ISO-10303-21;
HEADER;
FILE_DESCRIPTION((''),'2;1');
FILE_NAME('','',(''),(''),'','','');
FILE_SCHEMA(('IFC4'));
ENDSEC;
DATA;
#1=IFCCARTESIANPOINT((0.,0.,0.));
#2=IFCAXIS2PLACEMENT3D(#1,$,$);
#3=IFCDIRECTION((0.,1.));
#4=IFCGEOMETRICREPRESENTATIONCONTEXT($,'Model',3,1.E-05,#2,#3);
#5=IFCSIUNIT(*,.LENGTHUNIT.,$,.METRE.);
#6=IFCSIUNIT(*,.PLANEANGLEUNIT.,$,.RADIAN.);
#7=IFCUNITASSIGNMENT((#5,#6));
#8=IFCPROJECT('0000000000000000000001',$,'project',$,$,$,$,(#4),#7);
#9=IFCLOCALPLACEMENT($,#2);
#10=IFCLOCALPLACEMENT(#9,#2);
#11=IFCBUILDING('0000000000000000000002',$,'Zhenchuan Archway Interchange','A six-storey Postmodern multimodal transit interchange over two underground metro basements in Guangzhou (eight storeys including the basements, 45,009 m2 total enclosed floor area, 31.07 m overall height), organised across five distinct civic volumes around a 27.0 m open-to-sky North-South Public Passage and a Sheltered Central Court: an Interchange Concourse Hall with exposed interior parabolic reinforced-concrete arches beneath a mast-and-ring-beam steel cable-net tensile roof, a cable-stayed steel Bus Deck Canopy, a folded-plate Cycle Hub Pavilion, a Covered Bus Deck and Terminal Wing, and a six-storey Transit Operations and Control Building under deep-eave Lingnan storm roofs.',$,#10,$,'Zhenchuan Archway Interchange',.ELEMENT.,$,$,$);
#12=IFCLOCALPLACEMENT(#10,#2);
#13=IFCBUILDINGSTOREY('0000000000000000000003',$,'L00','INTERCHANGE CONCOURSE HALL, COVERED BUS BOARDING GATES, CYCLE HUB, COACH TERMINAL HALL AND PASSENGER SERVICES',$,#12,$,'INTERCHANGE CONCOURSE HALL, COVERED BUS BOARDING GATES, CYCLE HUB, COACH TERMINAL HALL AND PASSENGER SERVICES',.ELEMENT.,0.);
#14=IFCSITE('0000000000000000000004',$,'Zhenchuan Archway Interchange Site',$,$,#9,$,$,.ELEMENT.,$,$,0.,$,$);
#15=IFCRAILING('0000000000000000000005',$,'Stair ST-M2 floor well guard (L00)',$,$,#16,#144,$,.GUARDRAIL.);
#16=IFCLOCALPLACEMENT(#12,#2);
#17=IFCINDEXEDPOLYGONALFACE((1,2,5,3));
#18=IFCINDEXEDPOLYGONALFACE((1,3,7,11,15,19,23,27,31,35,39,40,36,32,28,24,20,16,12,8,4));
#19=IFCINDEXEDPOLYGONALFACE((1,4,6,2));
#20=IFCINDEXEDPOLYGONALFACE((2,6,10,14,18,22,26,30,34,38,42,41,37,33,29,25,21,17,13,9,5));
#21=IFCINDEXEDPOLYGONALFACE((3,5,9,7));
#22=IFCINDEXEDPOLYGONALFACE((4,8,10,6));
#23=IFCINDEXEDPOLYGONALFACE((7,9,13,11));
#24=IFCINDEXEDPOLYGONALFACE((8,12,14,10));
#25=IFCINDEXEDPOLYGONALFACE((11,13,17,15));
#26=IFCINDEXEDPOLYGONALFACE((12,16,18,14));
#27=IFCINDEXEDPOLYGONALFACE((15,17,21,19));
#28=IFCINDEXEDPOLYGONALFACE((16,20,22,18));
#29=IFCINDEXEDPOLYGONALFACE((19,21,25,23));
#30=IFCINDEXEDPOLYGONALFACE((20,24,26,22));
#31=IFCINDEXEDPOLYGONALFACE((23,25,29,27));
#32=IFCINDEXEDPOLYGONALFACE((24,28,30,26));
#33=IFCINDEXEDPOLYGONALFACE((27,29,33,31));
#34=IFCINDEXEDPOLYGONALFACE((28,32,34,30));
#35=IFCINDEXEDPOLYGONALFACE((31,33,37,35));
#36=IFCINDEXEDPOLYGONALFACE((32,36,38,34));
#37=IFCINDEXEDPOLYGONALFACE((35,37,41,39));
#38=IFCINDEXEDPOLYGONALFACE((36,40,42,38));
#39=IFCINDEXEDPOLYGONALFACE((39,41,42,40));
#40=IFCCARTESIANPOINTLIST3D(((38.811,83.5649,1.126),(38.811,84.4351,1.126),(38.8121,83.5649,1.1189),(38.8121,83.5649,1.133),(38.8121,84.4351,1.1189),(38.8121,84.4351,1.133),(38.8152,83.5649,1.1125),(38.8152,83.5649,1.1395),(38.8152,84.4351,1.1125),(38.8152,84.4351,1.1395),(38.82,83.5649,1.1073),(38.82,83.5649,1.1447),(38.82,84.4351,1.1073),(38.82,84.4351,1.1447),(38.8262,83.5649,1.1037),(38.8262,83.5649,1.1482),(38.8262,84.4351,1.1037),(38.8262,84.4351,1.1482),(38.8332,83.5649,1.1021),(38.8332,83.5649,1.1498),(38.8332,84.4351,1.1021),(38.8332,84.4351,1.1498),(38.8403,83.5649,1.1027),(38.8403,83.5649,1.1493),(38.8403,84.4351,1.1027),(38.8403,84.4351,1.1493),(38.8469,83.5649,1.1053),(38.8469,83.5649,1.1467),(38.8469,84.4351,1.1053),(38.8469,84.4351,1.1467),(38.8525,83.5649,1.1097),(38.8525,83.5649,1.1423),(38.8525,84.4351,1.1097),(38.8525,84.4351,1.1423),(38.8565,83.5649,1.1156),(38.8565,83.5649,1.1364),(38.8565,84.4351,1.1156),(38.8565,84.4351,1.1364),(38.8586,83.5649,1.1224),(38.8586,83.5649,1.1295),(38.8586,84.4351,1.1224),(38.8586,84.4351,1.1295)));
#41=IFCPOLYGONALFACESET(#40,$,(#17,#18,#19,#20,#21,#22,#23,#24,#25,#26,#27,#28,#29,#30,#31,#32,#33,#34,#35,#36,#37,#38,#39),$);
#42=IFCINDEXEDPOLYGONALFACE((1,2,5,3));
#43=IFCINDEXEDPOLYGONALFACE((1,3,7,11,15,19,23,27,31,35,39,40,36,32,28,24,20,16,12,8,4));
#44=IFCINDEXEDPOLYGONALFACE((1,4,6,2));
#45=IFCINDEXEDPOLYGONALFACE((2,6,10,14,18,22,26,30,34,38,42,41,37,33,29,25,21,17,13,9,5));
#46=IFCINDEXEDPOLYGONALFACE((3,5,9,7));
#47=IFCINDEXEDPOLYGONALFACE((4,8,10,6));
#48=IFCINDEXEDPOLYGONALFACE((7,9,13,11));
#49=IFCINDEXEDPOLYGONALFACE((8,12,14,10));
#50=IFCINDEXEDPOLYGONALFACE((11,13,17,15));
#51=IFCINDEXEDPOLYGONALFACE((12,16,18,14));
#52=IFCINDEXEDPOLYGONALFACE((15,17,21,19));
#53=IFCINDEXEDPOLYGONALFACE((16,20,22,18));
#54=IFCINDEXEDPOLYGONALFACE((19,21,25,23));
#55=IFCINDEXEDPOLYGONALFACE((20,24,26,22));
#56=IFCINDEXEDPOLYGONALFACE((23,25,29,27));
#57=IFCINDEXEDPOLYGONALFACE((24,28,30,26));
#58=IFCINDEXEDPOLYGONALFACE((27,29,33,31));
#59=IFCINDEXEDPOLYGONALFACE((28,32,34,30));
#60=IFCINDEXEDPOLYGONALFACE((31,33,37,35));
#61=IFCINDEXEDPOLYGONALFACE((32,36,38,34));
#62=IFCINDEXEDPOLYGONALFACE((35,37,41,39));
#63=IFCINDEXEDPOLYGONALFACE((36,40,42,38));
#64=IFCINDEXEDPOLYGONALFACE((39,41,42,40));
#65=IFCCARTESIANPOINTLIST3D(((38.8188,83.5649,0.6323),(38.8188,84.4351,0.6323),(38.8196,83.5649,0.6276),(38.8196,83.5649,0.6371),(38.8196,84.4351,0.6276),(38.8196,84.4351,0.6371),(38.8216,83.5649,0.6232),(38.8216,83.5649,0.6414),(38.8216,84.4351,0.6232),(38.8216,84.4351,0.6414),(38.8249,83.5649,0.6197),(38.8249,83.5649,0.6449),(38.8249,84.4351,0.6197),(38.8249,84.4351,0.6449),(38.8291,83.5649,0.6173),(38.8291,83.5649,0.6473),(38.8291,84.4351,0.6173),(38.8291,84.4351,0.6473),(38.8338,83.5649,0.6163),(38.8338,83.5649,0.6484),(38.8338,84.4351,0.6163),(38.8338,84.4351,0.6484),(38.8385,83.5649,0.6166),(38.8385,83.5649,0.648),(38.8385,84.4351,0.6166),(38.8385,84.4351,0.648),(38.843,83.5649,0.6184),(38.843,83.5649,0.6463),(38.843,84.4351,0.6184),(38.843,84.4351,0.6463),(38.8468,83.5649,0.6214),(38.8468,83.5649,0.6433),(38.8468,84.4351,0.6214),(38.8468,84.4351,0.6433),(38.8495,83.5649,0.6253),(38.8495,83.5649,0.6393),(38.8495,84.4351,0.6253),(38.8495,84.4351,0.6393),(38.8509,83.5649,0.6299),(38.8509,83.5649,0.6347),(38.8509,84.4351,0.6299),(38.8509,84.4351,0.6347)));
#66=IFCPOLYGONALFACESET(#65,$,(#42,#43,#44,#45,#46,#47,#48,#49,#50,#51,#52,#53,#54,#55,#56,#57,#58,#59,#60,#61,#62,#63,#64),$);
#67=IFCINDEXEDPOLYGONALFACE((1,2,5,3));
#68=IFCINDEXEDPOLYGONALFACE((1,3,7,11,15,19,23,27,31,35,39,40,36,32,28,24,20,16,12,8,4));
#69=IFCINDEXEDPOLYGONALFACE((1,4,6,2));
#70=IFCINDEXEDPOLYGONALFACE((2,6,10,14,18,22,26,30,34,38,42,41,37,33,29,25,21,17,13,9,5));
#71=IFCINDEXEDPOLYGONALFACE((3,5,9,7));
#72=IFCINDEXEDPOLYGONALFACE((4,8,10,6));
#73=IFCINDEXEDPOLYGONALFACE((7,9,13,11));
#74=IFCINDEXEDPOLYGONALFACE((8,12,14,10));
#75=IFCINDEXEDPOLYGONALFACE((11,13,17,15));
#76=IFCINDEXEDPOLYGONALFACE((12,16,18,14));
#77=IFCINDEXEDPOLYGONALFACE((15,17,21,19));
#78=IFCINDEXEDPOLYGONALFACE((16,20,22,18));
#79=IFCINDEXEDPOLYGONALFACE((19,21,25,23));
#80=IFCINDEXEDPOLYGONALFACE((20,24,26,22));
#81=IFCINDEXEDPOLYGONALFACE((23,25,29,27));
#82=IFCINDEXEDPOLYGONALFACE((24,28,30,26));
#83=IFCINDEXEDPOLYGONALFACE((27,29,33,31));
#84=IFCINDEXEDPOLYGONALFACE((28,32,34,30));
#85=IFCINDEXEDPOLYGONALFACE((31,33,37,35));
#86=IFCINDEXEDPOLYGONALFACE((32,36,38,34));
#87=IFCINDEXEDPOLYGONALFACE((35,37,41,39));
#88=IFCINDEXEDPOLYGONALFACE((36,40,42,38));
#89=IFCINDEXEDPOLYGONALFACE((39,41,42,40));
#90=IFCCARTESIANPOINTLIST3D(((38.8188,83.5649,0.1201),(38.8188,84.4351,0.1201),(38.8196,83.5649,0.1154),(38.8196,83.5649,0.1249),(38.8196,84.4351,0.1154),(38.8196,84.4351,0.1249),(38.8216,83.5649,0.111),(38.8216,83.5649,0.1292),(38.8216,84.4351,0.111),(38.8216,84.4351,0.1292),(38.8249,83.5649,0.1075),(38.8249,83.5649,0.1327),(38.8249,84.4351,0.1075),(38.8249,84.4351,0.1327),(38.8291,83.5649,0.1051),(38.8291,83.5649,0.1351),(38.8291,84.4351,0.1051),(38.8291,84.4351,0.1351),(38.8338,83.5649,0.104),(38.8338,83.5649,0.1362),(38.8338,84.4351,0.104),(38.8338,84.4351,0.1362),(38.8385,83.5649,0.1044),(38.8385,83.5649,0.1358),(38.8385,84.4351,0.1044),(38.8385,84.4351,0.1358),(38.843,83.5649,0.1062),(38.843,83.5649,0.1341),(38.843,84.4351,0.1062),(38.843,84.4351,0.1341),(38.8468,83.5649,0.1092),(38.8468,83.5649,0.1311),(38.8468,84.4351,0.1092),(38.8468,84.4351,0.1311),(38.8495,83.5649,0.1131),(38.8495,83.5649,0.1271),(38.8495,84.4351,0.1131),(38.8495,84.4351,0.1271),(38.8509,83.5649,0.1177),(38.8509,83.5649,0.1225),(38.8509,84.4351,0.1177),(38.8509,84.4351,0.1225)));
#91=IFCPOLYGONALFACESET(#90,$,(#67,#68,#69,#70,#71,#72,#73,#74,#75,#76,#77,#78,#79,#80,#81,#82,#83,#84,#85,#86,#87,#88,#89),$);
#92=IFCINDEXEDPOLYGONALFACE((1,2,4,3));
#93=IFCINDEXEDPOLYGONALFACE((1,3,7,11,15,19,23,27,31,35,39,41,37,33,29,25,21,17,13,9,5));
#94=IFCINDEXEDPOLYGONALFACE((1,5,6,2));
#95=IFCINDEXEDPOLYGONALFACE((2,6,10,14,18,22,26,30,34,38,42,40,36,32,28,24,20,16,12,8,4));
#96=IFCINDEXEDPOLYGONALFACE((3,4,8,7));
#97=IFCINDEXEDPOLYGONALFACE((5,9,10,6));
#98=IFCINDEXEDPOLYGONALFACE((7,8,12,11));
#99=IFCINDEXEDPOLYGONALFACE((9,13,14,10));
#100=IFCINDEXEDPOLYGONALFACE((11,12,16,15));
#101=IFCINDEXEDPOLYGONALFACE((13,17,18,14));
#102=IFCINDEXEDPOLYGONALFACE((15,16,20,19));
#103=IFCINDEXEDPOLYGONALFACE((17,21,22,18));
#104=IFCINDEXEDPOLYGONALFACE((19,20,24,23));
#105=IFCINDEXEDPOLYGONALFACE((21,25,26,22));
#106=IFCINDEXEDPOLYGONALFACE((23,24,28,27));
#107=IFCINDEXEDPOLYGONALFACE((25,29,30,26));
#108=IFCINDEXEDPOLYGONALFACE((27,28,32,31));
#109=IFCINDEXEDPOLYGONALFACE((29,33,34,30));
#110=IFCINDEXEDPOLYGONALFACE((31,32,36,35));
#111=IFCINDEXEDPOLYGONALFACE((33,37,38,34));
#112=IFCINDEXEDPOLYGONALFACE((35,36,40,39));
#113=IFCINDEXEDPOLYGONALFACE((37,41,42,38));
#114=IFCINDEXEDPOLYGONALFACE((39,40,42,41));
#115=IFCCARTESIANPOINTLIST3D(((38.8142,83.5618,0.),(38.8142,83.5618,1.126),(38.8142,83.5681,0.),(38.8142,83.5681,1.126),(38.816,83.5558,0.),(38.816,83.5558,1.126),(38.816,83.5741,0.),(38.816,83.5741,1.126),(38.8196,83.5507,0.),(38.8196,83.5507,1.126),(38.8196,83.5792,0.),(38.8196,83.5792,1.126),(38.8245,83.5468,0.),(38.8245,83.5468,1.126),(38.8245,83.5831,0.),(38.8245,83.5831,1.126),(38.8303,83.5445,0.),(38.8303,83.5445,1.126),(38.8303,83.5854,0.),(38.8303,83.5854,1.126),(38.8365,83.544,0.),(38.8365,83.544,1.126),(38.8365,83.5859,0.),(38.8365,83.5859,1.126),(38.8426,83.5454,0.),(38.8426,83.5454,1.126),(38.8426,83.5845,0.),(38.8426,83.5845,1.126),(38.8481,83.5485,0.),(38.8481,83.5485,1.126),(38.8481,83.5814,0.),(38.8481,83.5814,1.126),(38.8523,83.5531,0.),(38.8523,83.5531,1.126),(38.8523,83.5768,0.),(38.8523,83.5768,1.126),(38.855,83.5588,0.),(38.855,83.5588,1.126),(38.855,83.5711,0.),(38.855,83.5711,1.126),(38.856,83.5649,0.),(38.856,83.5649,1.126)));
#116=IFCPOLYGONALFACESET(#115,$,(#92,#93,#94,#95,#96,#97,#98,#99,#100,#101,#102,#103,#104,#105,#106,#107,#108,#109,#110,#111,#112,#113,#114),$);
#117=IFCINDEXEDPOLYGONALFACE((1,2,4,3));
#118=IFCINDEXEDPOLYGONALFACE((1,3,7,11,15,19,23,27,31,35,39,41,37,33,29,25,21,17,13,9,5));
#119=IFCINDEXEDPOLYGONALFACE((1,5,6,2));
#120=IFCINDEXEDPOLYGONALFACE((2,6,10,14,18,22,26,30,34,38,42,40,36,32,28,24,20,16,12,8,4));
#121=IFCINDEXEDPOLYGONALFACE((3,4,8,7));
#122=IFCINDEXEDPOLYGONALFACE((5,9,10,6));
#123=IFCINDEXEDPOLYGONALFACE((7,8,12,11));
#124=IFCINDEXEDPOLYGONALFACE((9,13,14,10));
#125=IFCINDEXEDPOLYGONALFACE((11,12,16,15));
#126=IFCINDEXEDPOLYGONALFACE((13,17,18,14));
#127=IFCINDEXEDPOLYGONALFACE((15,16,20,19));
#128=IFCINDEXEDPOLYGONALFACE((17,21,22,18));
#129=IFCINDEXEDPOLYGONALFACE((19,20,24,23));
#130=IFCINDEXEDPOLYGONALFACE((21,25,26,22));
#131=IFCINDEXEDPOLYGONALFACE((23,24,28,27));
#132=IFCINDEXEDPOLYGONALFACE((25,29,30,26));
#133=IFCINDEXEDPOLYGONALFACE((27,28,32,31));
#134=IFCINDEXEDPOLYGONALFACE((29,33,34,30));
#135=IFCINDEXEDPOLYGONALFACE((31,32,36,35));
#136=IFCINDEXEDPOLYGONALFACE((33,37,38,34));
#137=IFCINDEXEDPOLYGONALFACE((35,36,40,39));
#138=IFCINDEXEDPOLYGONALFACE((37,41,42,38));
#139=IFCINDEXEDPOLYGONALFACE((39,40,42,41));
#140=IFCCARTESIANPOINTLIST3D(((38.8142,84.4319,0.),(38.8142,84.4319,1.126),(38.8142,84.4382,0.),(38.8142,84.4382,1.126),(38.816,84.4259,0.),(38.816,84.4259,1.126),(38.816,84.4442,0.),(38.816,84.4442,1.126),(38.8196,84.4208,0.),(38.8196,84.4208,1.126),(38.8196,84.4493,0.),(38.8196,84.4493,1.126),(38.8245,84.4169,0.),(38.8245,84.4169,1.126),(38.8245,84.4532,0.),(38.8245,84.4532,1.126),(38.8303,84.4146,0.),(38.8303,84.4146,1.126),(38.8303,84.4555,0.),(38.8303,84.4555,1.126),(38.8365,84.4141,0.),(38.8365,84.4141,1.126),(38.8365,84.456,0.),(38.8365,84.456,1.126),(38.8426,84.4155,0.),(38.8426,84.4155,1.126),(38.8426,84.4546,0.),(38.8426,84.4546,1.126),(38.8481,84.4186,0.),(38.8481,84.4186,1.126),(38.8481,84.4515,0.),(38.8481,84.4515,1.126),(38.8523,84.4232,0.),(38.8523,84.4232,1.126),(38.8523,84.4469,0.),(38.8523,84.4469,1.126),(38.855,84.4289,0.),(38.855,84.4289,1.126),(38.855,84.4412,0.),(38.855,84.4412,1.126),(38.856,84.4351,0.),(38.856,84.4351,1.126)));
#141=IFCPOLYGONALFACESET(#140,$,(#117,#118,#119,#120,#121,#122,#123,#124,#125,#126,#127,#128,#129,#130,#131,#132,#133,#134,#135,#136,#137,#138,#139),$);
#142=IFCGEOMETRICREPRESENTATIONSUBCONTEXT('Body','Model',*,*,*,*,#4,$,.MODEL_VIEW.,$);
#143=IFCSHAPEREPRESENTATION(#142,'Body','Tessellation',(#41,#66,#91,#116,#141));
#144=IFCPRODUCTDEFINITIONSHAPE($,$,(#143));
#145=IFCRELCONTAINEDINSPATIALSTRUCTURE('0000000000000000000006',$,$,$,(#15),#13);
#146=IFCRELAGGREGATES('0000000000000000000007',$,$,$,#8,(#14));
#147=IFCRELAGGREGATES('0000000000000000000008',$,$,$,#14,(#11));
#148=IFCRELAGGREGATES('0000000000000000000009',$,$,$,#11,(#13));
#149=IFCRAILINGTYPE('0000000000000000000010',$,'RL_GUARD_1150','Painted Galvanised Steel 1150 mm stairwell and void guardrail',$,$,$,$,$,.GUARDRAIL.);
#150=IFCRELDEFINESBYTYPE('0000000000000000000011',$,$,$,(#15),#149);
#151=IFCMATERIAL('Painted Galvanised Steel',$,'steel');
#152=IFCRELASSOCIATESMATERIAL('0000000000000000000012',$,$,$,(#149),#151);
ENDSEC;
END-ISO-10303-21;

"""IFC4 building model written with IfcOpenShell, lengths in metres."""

from ifc_helpers import new_model, si_unit, direction, frame, origin, origin_2d, place, context, subcontext, project, spatial, circle, extrude, material, type_object, element, save


model = new_model("IFC4")

# Units and contexts
model_context = context("Model", 3, precision=1e-05, world=origin(), true_north=direction((0.0, 1.0)))
body_context = subcontext(model_context, "Body", "Model", "MODEL_VIEW")
ifc_project = project(units=[si_unit("LENGTHUNIT", "METRE"), si_unit("PLANEANGLEUNIT", "RADIAN")], contexts=[model_context])

# Site, building, storey
site_placement = place(None, origin())
site = spatial("IfcSite", under=ifc_project, at=site_placement, Name="Zhenchuan Archway Interchange Site", CompositionType="ELEMENT", RefElevation=0.0)
building_placement = place(site_placement, origin())
building = spatial("IfcBuilding", under=site, at=building_placement, Name="Zhenchuan Archway Interchange", Description="A six-storey Postmodern multimodal transit interchange over two underground metro basements in Guangzhou (eight storeys including the basements, 45,009 m2 total enclosed floor area, 31.07 m overall height), organised across five distinct civic volumes around a 27.0 m open-to-sky North-South Public Passage and a Sheltered Central Court: an Interchange Concourse Hall with exposed interior parabolic reinforced-concrete arches beneath a mast-and-ring-beam steel cable-net tensile roof, a cable-stayed steel Bus Deck Canopy, a folded-plate Cycle Hub Pavilion, a Covered Bus Deck and Terminal Wing, and a six-storey Transit Operations and Control Building under deep-eave Lingnan storm roofs.", LongName="Zhenchuan Archway Interchange", CompositionType="ELEMENT")
storey_placement = place(building_placement, origin())
storey = spatial("IfcBuildingStorey", under=building, at=storey_placement, Name="L00", Description="INTERCHANGE CONCOURSE HALL, COVERED BUS BOARDING GATES, CYCLE HUB, COACH TERMINAL HALL AND PASSENGER SERVICES", LongName="INTERCHANGE CONCOURSE HALL, COVERED BUS BOARDING GATES, CYCLE HUB, COACH TERMINAL HALL AND PASSENGER SERVICES", CompositionType="ELEMENT", Elevation=0.0)

# Railing
ifc_material_1 = material(Name="Painted Galvanised Steel", Category="steel")
railing_type_1 = type_object("IfcRailingType", Name="RL_GUARD_1150", Description="Painted Galvanised Steel 1150 mm stairwell and void guardrail", PredefinedType="GUARDRAIL", material=ifc_material_1)
for number, where, name in (
    (1, (38.835, 83.5649, 0.0), "Stair ST-M2 floor well guard (L00)"),
):
    element("IfcRailing", number, at=place(storey_placement, frame(where)), inside=storey, type_object=railing_type_1, Name=name, PredefinedType="GUARDRAIL", context=body_context, shape_type="SweptSolid", body=[
        extrude(circle(Radius=0.0239, at=origin_2d()), frame((0.0, 0.0, 1.126), z_axis=(0.0, 1.0, 0.0), x_axis=(-1.0, 0.0, 0.0)), (0.0, 0.0, 1.0), 0.8701),
        extrude(circle(Radius=0.0161, at=origin_2d()), frame((0.0, 0.0, 0.6323), z_axis=(0.0, 1.0, 0.0), x_axis=(-1.0, 0.0, 0.0)), (0.0, 0.0, 1.0), 0.8701),
        extrude(circle(Radius=0.0161, at=origin_2d()), frame((0.0, 0.0, 0.1201), z_axis=(0.0, 1.0, 0.0), x_axis=(-1.0, 0.0, 0.0)), (0.0, 0.0, 1.0), 0.8701),
        extrude(circle(Radius=0.021, at=origin_2d()), origin(), (0.0, 0.0, 1.0), 1.126),
        extrude(circle(Radius=0.021, at=origin_2d()), frame((0.0, 0.8701, 0.0)), (0.0, 0.0, 1.0), 1.126),
    ])

save(model, "model.ifc")
